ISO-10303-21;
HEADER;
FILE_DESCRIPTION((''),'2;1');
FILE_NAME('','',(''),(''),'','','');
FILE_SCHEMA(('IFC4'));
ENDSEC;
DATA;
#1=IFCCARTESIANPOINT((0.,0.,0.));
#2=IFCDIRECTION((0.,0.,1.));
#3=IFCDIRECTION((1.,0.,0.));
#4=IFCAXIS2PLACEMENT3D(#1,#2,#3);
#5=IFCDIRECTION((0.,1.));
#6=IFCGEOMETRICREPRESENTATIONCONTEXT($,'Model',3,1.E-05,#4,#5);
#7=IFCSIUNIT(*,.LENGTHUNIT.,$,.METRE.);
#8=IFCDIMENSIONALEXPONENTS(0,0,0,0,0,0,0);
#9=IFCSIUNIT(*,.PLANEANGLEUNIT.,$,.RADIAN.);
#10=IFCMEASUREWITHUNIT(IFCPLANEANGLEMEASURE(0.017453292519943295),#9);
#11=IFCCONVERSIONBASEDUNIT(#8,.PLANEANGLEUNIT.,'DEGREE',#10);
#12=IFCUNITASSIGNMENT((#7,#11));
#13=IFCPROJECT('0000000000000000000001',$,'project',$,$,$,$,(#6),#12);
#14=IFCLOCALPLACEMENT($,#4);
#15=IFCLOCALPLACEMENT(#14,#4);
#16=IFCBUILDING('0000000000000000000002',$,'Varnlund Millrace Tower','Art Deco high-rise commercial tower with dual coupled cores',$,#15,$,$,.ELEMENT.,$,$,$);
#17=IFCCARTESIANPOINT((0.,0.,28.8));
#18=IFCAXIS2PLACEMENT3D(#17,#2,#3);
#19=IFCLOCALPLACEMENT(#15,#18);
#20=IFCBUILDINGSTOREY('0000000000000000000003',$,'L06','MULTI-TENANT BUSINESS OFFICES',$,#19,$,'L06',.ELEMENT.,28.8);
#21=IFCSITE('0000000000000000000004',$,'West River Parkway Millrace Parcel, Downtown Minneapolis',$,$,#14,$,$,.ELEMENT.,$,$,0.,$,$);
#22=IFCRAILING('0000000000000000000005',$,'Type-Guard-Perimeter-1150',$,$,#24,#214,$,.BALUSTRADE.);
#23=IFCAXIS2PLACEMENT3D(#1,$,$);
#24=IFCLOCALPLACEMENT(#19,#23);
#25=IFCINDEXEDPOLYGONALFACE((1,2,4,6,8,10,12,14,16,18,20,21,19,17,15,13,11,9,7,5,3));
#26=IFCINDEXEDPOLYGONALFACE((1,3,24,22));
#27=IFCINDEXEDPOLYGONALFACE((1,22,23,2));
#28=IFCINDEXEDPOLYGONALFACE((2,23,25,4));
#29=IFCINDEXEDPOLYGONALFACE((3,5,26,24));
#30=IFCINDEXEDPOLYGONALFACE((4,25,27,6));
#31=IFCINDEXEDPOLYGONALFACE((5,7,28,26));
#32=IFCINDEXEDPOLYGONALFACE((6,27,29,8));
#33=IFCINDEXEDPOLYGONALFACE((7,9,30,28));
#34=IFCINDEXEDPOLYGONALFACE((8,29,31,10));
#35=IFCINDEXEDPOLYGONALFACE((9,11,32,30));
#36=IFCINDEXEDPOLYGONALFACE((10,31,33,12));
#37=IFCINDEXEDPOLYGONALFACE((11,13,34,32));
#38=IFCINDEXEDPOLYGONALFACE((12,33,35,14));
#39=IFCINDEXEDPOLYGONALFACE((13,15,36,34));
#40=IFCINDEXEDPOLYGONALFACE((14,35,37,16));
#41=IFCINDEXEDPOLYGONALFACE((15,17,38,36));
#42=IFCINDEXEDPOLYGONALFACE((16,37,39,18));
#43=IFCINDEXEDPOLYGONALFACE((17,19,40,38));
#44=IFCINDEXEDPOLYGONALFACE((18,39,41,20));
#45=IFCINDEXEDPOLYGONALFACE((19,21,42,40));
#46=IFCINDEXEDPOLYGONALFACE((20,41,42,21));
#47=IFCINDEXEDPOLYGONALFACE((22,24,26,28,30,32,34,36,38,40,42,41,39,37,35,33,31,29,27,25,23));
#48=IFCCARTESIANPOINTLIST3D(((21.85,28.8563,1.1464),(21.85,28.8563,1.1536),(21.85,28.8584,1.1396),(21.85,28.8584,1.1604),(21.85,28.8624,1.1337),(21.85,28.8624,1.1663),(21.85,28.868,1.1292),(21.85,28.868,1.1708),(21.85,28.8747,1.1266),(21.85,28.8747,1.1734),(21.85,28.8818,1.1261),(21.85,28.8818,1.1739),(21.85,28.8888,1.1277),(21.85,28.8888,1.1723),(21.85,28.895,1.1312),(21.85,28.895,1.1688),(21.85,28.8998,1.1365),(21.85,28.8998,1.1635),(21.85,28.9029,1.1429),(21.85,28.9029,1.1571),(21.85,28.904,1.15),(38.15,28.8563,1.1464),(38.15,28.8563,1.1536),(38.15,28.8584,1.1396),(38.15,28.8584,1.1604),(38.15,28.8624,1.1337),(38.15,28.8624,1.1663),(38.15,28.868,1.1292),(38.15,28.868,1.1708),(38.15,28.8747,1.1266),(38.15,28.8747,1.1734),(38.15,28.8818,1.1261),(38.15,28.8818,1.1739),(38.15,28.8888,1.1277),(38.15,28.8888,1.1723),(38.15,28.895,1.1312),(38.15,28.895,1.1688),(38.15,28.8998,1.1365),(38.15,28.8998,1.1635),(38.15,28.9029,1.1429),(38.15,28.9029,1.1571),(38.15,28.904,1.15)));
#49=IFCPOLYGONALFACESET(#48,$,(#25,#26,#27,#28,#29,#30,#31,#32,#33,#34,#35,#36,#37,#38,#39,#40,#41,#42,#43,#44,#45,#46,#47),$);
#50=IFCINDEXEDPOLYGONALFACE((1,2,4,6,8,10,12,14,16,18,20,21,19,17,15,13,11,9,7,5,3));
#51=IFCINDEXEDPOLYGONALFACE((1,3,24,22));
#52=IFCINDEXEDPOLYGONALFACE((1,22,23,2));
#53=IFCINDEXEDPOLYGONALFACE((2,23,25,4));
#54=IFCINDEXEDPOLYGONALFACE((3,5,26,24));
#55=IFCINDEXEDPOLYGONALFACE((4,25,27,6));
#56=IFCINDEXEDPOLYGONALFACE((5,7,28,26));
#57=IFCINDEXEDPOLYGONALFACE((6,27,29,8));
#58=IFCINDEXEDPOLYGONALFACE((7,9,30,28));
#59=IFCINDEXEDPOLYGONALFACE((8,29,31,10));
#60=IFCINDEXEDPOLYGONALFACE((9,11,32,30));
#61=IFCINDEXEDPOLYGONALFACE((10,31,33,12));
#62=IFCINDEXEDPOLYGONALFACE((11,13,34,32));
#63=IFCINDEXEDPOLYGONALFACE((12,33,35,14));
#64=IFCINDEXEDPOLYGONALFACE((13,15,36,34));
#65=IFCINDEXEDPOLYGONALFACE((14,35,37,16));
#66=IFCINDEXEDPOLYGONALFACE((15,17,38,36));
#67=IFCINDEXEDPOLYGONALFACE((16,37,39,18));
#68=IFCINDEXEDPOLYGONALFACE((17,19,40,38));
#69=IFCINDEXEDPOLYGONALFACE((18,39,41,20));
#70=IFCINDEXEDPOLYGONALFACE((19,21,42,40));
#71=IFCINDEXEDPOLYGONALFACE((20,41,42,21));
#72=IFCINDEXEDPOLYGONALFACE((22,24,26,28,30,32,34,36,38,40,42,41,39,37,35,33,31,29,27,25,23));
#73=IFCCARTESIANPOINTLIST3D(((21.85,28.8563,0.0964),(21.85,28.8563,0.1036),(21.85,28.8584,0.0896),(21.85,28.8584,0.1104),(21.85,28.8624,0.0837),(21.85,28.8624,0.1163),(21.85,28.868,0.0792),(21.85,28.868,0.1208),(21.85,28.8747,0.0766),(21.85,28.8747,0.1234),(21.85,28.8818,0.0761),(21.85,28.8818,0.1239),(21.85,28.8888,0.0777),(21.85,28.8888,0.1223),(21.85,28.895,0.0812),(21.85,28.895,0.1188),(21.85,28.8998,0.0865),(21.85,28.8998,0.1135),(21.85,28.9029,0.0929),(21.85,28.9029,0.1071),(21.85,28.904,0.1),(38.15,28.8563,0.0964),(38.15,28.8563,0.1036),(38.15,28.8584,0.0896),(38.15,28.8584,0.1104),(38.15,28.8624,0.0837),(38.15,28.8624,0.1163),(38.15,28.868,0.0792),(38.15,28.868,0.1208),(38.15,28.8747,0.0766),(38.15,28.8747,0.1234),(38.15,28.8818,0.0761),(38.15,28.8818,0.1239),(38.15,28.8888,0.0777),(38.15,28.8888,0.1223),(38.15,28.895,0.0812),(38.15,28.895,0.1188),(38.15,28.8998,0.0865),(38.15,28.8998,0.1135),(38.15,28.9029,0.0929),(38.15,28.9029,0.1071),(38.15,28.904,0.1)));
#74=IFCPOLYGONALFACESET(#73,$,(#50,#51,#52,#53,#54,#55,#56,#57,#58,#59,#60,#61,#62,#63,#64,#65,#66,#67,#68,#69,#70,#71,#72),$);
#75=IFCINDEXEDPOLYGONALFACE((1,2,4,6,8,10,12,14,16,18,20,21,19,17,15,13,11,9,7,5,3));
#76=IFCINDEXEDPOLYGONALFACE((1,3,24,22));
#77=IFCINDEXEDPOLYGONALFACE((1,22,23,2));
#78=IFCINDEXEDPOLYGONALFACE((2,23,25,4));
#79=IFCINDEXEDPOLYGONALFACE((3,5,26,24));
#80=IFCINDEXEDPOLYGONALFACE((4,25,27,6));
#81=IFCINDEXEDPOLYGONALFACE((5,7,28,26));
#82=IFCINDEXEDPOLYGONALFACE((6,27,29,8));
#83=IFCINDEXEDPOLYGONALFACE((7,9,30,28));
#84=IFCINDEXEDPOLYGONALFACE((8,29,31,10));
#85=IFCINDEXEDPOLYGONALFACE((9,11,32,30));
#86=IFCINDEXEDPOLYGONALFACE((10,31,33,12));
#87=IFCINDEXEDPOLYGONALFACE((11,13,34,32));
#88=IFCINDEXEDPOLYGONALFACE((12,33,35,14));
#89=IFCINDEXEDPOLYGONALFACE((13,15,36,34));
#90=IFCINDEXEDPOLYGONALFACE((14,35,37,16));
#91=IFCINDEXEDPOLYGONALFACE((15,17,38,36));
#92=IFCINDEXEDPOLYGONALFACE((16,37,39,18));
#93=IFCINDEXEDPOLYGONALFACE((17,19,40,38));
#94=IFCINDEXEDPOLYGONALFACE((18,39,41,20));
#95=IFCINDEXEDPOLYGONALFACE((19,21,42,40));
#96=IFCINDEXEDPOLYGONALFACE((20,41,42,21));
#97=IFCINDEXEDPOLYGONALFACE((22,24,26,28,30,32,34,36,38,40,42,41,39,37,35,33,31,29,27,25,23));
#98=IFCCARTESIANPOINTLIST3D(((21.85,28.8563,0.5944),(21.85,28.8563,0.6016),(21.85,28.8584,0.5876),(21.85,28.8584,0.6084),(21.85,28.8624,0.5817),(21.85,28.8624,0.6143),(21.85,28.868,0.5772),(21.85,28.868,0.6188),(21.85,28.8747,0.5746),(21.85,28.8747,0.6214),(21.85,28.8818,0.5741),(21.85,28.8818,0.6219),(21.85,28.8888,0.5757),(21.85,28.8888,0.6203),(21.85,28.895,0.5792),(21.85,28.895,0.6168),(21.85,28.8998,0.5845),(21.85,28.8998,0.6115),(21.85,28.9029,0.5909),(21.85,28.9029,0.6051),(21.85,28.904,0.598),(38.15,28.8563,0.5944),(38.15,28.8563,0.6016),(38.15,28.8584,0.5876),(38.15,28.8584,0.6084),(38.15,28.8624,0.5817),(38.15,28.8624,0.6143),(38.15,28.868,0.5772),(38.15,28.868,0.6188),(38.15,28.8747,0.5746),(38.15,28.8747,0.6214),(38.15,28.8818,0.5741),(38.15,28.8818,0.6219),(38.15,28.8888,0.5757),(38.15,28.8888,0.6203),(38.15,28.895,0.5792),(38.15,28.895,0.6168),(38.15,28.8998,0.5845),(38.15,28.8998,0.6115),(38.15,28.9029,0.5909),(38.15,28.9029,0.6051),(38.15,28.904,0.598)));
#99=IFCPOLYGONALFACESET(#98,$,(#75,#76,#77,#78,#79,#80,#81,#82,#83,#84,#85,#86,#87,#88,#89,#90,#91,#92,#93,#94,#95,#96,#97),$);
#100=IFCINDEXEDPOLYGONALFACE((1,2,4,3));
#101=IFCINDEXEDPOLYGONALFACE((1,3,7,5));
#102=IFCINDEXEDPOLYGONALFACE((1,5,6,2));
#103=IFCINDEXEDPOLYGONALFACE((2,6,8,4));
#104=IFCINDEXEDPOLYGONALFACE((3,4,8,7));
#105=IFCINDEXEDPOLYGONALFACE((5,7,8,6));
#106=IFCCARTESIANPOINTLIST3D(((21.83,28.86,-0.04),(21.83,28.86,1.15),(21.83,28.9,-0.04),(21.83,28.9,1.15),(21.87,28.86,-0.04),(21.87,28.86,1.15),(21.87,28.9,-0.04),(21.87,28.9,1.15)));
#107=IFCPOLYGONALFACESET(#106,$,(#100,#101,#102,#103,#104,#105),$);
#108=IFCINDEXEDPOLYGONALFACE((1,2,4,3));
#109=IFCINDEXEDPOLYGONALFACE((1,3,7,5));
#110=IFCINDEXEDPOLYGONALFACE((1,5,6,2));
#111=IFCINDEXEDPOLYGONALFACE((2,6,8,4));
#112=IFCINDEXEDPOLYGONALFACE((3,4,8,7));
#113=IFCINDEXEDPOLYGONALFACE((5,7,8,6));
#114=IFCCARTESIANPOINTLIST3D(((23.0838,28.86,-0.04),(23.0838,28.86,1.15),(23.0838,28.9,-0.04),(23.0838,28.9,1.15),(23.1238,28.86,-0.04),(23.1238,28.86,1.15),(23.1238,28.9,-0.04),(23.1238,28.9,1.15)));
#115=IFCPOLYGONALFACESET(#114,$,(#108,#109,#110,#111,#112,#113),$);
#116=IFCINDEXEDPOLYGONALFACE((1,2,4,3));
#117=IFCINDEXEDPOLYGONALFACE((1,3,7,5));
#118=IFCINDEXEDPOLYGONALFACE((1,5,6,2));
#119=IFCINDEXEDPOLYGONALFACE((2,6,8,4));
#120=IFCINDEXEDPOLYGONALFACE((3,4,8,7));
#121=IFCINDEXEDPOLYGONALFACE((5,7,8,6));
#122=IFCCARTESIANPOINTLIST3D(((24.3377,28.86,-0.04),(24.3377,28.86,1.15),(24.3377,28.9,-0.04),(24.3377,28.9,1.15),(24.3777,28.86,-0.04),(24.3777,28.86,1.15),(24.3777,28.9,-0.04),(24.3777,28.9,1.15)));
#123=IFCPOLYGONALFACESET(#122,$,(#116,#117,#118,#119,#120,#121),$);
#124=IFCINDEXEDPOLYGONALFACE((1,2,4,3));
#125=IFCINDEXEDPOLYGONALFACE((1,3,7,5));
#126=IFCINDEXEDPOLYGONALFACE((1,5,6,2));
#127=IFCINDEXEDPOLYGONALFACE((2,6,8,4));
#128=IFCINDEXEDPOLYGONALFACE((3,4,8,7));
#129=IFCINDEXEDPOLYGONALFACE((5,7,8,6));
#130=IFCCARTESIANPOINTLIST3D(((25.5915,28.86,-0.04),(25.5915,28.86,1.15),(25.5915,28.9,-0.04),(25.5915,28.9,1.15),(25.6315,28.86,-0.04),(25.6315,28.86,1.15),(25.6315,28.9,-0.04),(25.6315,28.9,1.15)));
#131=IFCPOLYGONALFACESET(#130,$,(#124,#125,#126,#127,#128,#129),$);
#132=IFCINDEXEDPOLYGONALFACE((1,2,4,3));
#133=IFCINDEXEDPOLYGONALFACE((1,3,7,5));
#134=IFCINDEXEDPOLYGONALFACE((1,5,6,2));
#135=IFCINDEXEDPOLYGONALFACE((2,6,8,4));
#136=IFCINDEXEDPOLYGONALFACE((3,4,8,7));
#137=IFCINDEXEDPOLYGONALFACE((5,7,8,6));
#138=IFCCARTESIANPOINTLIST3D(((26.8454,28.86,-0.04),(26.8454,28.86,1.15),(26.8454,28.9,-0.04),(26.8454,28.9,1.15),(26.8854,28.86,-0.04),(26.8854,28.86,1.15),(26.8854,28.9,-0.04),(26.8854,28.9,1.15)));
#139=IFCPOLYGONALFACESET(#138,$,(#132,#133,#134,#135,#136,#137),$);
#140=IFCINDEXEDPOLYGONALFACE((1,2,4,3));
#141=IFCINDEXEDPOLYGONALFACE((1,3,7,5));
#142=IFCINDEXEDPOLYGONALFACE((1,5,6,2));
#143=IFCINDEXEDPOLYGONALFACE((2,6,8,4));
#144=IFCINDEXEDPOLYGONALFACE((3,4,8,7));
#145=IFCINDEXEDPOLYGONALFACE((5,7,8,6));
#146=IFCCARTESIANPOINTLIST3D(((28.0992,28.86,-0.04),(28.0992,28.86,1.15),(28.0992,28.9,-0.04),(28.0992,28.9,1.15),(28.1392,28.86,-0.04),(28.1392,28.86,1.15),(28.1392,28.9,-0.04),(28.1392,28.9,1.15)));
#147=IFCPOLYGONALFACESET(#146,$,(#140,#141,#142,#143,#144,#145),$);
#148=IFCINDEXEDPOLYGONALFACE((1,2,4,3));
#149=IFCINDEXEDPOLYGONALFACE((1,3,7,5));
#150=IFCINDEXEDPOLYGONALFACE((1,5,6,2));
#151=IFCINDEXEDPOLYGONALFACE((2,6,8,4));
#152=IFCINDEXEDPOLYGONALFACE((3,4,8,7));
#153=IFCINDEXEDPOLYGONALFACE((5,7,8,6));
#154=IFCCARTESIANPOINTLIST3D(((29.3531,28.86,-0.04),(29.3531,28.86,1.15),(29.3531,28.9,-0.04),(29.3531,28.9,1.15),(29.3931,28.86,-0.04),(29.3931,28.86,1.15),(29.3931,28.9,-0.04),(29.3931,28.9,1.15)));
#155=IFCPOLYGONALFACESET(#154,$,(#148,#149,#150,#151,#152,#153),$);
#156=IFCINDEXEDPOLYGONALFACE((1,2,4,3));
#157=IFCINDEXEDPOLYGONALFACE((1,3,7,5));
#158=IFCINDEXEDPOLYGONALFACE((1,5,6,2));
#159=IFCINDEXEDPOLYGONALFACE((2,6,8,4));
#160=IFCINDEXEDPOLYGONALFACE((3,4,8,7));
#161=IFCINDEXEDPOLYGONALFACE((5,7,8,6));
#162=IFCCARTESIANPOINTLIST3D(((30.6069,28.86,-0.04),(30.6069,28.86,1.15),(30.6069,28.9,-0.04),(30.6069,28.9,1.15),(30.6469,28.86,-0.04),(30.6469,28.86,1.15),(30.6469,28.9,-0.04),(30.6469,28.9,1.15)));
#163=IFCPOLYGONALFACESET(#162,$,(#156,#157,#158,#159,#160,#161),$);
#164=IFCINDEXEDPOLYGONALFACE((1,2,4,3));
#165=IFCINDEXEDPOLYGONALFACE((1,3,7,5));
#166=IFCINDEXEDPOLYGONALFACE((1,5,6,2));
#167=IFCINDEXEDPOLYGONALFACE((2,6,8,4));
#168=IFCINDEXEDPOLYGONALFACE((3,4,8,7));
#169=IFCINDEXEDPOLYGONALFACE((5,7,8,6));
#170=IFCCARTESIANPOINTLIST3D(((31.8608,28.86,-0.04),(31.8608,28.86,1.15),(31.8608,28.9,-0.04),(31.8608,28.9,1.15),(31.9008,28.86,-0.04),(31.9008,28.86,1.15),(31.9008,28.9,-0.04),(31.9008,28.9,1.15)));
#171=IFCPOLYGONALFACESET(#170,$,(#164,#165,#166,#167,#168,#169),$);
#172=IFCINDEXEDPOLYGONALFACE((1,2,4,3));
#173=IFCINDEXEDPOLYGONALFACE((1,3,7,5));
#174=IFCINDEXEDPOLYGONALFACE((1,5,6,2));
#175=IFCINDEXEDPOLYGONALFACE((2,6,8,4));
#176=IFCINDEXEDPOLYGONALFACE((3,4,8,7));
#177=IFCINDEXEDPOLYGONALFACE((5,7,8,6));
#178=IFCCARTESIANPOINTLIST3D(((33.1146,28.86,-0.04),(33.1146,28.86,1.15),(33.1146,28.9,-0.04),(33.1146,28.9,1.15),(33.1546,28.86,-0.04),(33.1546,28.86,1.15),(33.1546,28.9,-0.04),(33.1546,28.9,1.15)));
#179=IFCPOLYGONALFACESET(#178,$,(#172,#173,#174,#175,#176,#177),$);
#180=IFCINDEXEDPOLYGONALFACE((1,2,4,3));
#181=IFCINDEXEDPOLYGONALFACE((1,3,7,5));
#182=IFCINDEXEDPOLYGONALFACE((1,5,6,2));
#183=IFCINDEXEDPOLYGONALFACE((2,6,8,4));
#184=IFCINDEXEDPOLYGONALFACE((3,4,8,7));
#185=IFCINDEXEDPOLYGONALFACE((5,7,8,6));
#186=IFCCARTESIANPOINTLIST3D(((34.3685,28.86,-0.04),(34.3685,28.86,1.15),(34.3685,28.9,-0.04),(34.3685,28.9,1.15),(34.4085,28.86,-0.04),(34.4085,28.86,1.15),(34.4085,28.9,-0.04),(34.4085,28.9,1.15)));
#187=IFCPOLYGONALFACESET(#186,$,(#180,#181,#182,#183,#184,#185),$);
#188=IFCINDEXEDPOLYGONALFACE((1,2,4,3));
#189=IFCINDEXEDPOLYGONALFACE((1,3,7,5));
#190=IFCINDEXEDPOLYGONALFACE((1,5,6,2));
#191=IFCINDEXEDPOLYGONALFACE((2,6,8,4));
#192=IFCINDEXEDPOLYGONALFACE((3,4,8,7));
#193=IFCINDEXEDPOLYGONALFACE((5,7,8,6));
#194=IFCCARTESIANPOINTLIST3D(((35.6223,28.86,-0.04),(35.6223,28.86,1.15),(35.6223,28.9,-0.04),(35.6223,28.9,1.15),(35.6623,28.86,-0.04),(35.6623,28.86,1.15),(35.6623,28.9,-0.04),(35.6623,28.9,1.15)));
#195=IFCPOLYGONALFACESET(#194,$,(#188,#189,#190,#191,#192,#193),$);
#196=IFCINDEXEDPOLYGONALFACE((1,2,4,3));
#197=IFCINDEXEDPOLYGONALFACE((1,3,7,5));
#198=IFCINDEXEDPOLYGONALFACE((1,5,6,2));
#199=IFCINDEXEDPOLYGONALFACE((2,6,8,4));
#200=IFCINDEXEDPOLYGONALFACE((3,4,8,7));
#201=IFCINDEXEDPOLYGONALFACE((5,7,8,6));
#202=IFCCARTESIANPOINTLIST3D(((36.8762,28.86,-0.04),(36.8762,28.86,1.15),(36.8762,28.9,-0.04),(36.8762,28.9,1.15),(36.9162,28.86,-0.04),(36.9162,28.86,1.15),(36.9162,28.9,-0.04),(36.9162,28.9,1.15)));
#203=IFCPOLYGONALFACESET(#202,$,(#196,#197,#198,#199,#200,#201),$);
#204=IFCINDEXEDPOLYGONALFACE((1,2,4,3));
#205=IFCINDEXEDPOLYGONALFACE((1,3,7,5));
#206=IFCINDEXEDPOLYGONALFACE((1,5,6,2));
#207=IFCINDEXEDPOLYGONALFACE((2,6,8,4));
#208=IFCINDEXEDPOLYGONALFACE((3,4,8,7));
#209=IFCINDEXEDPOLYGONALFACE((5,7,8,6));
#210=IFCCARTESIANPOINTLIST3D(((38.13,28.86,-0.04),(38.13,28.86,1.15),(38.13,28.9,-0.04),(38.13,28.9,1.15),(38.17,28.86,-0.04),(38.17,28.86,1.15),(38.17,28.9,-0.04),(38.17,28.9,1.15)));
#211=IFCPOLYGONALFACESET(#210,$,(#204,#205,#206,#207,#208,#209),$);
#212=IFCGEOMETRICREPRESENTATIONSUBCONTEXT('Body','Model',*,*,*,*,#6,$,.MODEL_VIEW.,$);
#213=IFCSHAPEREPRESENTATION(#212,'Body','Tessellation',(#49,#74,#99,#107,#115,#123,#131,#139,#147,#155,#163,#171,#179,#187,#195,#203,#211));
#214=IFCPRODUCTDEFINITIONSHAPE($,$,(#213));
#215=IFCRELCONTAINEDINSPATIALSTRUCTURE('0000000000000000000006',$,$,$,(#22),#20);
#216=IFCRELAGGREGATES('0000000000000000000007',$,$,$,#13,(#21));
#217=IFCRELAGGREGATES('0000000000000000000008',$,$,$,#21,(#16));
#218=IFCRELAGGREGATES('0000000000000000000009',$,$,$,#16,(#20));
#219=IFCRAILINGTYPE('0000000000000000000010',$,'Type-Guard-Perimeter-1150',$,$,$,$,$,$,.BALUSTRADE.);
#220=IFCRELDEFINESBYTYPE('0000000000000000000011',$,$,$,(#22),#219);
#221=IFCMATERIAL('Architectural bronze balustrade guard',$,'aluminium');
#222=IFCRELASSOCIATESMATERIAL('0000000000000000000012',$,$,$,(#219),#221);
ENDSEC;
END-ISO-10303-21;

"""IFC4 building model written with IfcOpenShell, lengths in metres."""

from ifc_helpers import new_model, entity, si_unit, converted_unit, direction, frame, origin_with_axes, origin_2d_with_axis, place, context, subcontext, project, spatial, rectangle, circle, extrude, material, type_object, element, save


model = new_model("IFC4")

# Units and contexts
model_context = context("Model", 3, precision=1e-05, world=origin_with_axes(), true_north=direction((0.0, 1.0)))
body_context = subcontext(model_context, "Body", "Model", "MODEL_VIEW")
ifc_project = project(units=[si_unit("LENGTHUNIT", "METRE"), converted_unit("PLANEANGLEUNIT", "DEGREE", entity("IfcPlaneAngleMeasure", 0.017453292519943295), si_unit("PLANEANGLEUNIT", "RADIAN"), dimensions=[0, 0, 0, 0, 0, 0, 0])], contexts=[model_context])

# Site, building, storey
site_placement = place(None, origin_with_axes())
site = spatial("IfcSite", under=ifc_project, at=site_placement, Name="West River Parkway Millrace Parcel, Downtown Minneapolis", CompositionType="ELEMENT", RefElevation=0.0)
building_placement = place(site_placement, origin_with_axes())
building = spatial("IfcBuilding", under=site, at=building_placement, Name="Varnlund Millrace Tower", Description="Art Deco high-rise commercial tower with dual coupled cores", CompositionType="ELEMENT")
storey_placement = place(building_placement, frame((0.0, 0.0, 28.8), z_axis=(0.0, 0.0, 1.0), x_axis=(1.0, 0.0, 0.0)))
storey = spatial("IfcBuildingStorey", under=building, at=storey_placement, Name="L06", Description="MULTI-TENANT BUSINESS OFFICES", LongName="L06", CompositionType="ELEMENT", Elevation=28.8)

# Railing
ifc_material_1 = material(Name="Architectural bronze balustrade guard", Category="aluminium")
railing_type_1 = type_object("IfcRailingType", Name="Type-Guard-Perimeter-1150", PredefinedType="BALUSTRADE", material=ifc_material_1)
railing_1_placement = place(storey_placement, frame((0.0, 0.0, -28.8), z_axis=(0.0, 0.0, 1.0), x_axis=(1.0, 0.0, 0.0)))
element("IfcRailing", 1, at=railing_1_placement, inside=storey, type_object=railing_type_1, Name="Type-Guard-Perimeter-1150", PredefinedType="BALUSTRADE", context=body_context, shape_type="SweptSolid", body=[
    extrude(circle(Radius=0.024, at=origin_2d_with_axis()), frame((21.85, 28.88, 29.95), z_axis=(1.0, 0.0, 0.0), x_axis=(0.0, 1.0, 0.0)), (0.0, 0.0, 1.0), 16.3),
    extrude(circle(Radius=0.024, at=origin_2d_with_axis()), frame((21.85, 28.88, 28.9), z_axis=(1.0, 0.0, 0.0), x_axis=(0.0, 1.0, 0.0)), (0.0, 0.0, 1.0), 16.3),
    extrude(circle(Radius=0.024, at=origin_2d_with_axis()), frame((21.85, 28.88, 29.398), z_axis=(1.0, 0.0, 0.0), x_axis=(0.0, 1.0, 0.0)), (0.0, 0.0, 1.0), 16.3),
    extrude(rectangle(XDim=0.04, YDim=0.04, at=origin_2d_with_axis()), frame((21.85, 28.88, 28.76), z_axis=(0.0, 0.0, 1.0), x_axis=(1.0, 0.0, 0.0)), (0.0, 0.0, 1.0), 1.19),
    extrude(rectangle(XDim=0.04, YDim=0.04, at=origin_2d_with_axis()), frame((23.1038, 28.88, 28.76), z_axis=(0.0, 0.0, 1.0), x_axis=(1.0, 0.0, 0.0)), (0.0, 0.0, 1.0), 1.19),
    extrude(rectangle(XDim=0.04, YDim=0.04, at=origin_2d_with_axis()), frame((24.3577, 28.88, 28.76), z_axis=(0.0, 0.0, 1.0), x_axis=(1.0, 0.0, 0.0)), (0.0, 0.0, 1.0), 1.19),
    extrude(rectangle(XDim=0.04, YDim=0.04, at=origin_2d_with_axis()), frame((25.6115, 28.88, 28.76), z_axis=(0.0, 0.0, 1.0), x_axis=(1.0, 0.0, 0.0)), (0.0, 0.0, 1.0), 1.19),
    extrude(rectangle(XDim=0.04, YDim=0.04, at=origin_2d_with_axis()), frame((26.8654, 28.88, 28.76), z_axis=(0.0, 0.0, 1.0), x_axis=(1.0, 0.0, 0.0)), (0.0, 0.0, 1.0), 1.19),
    extrude(rectangle(XDim=0.04, YDim=0.04, at=origin_2d_with_axis()), frame((28.1192, 28.88, 28.76), z_axis=(0.0, 0.0, 1.0), x_axis=(1.0, 0.0, 0.0)), (0.0, 0.0, 1.0), 1.19),
    extrude(rectangle(XDim=0.04, YDim=0.04, at=origin_2d_with_axis()), frame((29.3731, 28.88, 28.76), z_axis=(0.0, 0.0, 1.0), x_axis=(1.0, 0.0, 0.0)), (0.0, 0.0, 1.0), 1.19),
    extrude(rectangle(XDim=0.04, YDim=0.04, at=origin_2d_with_axis()), frame((30.6269, 28.88, 28.76), z_axis=(0.0, 0.0, 1.0), x_axis=(1.0, 0.0, 0.0)), (0.0, 0.0, 1.0), 1.19),
    extrude(rectangle(XDim=0.04, YDim=0.04, at=origin_2d_with_axis()), frame((31.8808, 28.88, 28.76), z_axis=(0.0, 0.0, 1.0), x_axis=(1.0, 0.0, 0.0)), (0.0, 0.0, 1.0), 1.19),
    extrude(rectangle(XDim=0.04, YDim=0.04, at=origin_2d_with_axis()), frame((33.1346, 28.88, 28.76), z_axis=(0.0, 0.0, 1.0), x_axis=(1.0, 0.0, 0.0)), (0.0, 0.0, 1.0), 1.19),
    extrude(rectangle(XDim=0.04, YDim=0.04, at=origin_2d_with_axis()), frame((34.3885, 28.88, 28.76), z_axis=(0.0, 0.0, 1.0), x_axis=(1.0, 0.0, 0.0)), (0.0, 0.0, 1.0), 1.19),
    extrude(rectangle(XDim=0.04, YDim=0.04, at=origin_2d_with_axis()), frame((35.6423, 28.88, 28.76), z_axis=(0.0, 0.0, 1.0), x_axis=(1.0, 0.0, 0.0)), (0.0, 0.0, 1.0), 1.19),
    extrude(rectangle(XDim=0.04, YDim=0.04, at=origin_2d_with_axis()), frame((36.8962, 28.88, 28.76), z_axis=(0.0, 0.0, 1.0), x_axis=(1.0, 0.0, 0.0)), (0.0, 0.0, 1.0), 1.19),
    extrude(rectangle(XDim=0.04, YDim=0.04, at=origin_2d_with_axis()), frame((38.15, 28.88, 28.76), z_axis=(0.0, 0.0, 1.0), x_axis=(1.0, 0.0, 0.0)), (0.0, 0.0, 1.0), 1.19),
])

save(model, "model.ifc")
